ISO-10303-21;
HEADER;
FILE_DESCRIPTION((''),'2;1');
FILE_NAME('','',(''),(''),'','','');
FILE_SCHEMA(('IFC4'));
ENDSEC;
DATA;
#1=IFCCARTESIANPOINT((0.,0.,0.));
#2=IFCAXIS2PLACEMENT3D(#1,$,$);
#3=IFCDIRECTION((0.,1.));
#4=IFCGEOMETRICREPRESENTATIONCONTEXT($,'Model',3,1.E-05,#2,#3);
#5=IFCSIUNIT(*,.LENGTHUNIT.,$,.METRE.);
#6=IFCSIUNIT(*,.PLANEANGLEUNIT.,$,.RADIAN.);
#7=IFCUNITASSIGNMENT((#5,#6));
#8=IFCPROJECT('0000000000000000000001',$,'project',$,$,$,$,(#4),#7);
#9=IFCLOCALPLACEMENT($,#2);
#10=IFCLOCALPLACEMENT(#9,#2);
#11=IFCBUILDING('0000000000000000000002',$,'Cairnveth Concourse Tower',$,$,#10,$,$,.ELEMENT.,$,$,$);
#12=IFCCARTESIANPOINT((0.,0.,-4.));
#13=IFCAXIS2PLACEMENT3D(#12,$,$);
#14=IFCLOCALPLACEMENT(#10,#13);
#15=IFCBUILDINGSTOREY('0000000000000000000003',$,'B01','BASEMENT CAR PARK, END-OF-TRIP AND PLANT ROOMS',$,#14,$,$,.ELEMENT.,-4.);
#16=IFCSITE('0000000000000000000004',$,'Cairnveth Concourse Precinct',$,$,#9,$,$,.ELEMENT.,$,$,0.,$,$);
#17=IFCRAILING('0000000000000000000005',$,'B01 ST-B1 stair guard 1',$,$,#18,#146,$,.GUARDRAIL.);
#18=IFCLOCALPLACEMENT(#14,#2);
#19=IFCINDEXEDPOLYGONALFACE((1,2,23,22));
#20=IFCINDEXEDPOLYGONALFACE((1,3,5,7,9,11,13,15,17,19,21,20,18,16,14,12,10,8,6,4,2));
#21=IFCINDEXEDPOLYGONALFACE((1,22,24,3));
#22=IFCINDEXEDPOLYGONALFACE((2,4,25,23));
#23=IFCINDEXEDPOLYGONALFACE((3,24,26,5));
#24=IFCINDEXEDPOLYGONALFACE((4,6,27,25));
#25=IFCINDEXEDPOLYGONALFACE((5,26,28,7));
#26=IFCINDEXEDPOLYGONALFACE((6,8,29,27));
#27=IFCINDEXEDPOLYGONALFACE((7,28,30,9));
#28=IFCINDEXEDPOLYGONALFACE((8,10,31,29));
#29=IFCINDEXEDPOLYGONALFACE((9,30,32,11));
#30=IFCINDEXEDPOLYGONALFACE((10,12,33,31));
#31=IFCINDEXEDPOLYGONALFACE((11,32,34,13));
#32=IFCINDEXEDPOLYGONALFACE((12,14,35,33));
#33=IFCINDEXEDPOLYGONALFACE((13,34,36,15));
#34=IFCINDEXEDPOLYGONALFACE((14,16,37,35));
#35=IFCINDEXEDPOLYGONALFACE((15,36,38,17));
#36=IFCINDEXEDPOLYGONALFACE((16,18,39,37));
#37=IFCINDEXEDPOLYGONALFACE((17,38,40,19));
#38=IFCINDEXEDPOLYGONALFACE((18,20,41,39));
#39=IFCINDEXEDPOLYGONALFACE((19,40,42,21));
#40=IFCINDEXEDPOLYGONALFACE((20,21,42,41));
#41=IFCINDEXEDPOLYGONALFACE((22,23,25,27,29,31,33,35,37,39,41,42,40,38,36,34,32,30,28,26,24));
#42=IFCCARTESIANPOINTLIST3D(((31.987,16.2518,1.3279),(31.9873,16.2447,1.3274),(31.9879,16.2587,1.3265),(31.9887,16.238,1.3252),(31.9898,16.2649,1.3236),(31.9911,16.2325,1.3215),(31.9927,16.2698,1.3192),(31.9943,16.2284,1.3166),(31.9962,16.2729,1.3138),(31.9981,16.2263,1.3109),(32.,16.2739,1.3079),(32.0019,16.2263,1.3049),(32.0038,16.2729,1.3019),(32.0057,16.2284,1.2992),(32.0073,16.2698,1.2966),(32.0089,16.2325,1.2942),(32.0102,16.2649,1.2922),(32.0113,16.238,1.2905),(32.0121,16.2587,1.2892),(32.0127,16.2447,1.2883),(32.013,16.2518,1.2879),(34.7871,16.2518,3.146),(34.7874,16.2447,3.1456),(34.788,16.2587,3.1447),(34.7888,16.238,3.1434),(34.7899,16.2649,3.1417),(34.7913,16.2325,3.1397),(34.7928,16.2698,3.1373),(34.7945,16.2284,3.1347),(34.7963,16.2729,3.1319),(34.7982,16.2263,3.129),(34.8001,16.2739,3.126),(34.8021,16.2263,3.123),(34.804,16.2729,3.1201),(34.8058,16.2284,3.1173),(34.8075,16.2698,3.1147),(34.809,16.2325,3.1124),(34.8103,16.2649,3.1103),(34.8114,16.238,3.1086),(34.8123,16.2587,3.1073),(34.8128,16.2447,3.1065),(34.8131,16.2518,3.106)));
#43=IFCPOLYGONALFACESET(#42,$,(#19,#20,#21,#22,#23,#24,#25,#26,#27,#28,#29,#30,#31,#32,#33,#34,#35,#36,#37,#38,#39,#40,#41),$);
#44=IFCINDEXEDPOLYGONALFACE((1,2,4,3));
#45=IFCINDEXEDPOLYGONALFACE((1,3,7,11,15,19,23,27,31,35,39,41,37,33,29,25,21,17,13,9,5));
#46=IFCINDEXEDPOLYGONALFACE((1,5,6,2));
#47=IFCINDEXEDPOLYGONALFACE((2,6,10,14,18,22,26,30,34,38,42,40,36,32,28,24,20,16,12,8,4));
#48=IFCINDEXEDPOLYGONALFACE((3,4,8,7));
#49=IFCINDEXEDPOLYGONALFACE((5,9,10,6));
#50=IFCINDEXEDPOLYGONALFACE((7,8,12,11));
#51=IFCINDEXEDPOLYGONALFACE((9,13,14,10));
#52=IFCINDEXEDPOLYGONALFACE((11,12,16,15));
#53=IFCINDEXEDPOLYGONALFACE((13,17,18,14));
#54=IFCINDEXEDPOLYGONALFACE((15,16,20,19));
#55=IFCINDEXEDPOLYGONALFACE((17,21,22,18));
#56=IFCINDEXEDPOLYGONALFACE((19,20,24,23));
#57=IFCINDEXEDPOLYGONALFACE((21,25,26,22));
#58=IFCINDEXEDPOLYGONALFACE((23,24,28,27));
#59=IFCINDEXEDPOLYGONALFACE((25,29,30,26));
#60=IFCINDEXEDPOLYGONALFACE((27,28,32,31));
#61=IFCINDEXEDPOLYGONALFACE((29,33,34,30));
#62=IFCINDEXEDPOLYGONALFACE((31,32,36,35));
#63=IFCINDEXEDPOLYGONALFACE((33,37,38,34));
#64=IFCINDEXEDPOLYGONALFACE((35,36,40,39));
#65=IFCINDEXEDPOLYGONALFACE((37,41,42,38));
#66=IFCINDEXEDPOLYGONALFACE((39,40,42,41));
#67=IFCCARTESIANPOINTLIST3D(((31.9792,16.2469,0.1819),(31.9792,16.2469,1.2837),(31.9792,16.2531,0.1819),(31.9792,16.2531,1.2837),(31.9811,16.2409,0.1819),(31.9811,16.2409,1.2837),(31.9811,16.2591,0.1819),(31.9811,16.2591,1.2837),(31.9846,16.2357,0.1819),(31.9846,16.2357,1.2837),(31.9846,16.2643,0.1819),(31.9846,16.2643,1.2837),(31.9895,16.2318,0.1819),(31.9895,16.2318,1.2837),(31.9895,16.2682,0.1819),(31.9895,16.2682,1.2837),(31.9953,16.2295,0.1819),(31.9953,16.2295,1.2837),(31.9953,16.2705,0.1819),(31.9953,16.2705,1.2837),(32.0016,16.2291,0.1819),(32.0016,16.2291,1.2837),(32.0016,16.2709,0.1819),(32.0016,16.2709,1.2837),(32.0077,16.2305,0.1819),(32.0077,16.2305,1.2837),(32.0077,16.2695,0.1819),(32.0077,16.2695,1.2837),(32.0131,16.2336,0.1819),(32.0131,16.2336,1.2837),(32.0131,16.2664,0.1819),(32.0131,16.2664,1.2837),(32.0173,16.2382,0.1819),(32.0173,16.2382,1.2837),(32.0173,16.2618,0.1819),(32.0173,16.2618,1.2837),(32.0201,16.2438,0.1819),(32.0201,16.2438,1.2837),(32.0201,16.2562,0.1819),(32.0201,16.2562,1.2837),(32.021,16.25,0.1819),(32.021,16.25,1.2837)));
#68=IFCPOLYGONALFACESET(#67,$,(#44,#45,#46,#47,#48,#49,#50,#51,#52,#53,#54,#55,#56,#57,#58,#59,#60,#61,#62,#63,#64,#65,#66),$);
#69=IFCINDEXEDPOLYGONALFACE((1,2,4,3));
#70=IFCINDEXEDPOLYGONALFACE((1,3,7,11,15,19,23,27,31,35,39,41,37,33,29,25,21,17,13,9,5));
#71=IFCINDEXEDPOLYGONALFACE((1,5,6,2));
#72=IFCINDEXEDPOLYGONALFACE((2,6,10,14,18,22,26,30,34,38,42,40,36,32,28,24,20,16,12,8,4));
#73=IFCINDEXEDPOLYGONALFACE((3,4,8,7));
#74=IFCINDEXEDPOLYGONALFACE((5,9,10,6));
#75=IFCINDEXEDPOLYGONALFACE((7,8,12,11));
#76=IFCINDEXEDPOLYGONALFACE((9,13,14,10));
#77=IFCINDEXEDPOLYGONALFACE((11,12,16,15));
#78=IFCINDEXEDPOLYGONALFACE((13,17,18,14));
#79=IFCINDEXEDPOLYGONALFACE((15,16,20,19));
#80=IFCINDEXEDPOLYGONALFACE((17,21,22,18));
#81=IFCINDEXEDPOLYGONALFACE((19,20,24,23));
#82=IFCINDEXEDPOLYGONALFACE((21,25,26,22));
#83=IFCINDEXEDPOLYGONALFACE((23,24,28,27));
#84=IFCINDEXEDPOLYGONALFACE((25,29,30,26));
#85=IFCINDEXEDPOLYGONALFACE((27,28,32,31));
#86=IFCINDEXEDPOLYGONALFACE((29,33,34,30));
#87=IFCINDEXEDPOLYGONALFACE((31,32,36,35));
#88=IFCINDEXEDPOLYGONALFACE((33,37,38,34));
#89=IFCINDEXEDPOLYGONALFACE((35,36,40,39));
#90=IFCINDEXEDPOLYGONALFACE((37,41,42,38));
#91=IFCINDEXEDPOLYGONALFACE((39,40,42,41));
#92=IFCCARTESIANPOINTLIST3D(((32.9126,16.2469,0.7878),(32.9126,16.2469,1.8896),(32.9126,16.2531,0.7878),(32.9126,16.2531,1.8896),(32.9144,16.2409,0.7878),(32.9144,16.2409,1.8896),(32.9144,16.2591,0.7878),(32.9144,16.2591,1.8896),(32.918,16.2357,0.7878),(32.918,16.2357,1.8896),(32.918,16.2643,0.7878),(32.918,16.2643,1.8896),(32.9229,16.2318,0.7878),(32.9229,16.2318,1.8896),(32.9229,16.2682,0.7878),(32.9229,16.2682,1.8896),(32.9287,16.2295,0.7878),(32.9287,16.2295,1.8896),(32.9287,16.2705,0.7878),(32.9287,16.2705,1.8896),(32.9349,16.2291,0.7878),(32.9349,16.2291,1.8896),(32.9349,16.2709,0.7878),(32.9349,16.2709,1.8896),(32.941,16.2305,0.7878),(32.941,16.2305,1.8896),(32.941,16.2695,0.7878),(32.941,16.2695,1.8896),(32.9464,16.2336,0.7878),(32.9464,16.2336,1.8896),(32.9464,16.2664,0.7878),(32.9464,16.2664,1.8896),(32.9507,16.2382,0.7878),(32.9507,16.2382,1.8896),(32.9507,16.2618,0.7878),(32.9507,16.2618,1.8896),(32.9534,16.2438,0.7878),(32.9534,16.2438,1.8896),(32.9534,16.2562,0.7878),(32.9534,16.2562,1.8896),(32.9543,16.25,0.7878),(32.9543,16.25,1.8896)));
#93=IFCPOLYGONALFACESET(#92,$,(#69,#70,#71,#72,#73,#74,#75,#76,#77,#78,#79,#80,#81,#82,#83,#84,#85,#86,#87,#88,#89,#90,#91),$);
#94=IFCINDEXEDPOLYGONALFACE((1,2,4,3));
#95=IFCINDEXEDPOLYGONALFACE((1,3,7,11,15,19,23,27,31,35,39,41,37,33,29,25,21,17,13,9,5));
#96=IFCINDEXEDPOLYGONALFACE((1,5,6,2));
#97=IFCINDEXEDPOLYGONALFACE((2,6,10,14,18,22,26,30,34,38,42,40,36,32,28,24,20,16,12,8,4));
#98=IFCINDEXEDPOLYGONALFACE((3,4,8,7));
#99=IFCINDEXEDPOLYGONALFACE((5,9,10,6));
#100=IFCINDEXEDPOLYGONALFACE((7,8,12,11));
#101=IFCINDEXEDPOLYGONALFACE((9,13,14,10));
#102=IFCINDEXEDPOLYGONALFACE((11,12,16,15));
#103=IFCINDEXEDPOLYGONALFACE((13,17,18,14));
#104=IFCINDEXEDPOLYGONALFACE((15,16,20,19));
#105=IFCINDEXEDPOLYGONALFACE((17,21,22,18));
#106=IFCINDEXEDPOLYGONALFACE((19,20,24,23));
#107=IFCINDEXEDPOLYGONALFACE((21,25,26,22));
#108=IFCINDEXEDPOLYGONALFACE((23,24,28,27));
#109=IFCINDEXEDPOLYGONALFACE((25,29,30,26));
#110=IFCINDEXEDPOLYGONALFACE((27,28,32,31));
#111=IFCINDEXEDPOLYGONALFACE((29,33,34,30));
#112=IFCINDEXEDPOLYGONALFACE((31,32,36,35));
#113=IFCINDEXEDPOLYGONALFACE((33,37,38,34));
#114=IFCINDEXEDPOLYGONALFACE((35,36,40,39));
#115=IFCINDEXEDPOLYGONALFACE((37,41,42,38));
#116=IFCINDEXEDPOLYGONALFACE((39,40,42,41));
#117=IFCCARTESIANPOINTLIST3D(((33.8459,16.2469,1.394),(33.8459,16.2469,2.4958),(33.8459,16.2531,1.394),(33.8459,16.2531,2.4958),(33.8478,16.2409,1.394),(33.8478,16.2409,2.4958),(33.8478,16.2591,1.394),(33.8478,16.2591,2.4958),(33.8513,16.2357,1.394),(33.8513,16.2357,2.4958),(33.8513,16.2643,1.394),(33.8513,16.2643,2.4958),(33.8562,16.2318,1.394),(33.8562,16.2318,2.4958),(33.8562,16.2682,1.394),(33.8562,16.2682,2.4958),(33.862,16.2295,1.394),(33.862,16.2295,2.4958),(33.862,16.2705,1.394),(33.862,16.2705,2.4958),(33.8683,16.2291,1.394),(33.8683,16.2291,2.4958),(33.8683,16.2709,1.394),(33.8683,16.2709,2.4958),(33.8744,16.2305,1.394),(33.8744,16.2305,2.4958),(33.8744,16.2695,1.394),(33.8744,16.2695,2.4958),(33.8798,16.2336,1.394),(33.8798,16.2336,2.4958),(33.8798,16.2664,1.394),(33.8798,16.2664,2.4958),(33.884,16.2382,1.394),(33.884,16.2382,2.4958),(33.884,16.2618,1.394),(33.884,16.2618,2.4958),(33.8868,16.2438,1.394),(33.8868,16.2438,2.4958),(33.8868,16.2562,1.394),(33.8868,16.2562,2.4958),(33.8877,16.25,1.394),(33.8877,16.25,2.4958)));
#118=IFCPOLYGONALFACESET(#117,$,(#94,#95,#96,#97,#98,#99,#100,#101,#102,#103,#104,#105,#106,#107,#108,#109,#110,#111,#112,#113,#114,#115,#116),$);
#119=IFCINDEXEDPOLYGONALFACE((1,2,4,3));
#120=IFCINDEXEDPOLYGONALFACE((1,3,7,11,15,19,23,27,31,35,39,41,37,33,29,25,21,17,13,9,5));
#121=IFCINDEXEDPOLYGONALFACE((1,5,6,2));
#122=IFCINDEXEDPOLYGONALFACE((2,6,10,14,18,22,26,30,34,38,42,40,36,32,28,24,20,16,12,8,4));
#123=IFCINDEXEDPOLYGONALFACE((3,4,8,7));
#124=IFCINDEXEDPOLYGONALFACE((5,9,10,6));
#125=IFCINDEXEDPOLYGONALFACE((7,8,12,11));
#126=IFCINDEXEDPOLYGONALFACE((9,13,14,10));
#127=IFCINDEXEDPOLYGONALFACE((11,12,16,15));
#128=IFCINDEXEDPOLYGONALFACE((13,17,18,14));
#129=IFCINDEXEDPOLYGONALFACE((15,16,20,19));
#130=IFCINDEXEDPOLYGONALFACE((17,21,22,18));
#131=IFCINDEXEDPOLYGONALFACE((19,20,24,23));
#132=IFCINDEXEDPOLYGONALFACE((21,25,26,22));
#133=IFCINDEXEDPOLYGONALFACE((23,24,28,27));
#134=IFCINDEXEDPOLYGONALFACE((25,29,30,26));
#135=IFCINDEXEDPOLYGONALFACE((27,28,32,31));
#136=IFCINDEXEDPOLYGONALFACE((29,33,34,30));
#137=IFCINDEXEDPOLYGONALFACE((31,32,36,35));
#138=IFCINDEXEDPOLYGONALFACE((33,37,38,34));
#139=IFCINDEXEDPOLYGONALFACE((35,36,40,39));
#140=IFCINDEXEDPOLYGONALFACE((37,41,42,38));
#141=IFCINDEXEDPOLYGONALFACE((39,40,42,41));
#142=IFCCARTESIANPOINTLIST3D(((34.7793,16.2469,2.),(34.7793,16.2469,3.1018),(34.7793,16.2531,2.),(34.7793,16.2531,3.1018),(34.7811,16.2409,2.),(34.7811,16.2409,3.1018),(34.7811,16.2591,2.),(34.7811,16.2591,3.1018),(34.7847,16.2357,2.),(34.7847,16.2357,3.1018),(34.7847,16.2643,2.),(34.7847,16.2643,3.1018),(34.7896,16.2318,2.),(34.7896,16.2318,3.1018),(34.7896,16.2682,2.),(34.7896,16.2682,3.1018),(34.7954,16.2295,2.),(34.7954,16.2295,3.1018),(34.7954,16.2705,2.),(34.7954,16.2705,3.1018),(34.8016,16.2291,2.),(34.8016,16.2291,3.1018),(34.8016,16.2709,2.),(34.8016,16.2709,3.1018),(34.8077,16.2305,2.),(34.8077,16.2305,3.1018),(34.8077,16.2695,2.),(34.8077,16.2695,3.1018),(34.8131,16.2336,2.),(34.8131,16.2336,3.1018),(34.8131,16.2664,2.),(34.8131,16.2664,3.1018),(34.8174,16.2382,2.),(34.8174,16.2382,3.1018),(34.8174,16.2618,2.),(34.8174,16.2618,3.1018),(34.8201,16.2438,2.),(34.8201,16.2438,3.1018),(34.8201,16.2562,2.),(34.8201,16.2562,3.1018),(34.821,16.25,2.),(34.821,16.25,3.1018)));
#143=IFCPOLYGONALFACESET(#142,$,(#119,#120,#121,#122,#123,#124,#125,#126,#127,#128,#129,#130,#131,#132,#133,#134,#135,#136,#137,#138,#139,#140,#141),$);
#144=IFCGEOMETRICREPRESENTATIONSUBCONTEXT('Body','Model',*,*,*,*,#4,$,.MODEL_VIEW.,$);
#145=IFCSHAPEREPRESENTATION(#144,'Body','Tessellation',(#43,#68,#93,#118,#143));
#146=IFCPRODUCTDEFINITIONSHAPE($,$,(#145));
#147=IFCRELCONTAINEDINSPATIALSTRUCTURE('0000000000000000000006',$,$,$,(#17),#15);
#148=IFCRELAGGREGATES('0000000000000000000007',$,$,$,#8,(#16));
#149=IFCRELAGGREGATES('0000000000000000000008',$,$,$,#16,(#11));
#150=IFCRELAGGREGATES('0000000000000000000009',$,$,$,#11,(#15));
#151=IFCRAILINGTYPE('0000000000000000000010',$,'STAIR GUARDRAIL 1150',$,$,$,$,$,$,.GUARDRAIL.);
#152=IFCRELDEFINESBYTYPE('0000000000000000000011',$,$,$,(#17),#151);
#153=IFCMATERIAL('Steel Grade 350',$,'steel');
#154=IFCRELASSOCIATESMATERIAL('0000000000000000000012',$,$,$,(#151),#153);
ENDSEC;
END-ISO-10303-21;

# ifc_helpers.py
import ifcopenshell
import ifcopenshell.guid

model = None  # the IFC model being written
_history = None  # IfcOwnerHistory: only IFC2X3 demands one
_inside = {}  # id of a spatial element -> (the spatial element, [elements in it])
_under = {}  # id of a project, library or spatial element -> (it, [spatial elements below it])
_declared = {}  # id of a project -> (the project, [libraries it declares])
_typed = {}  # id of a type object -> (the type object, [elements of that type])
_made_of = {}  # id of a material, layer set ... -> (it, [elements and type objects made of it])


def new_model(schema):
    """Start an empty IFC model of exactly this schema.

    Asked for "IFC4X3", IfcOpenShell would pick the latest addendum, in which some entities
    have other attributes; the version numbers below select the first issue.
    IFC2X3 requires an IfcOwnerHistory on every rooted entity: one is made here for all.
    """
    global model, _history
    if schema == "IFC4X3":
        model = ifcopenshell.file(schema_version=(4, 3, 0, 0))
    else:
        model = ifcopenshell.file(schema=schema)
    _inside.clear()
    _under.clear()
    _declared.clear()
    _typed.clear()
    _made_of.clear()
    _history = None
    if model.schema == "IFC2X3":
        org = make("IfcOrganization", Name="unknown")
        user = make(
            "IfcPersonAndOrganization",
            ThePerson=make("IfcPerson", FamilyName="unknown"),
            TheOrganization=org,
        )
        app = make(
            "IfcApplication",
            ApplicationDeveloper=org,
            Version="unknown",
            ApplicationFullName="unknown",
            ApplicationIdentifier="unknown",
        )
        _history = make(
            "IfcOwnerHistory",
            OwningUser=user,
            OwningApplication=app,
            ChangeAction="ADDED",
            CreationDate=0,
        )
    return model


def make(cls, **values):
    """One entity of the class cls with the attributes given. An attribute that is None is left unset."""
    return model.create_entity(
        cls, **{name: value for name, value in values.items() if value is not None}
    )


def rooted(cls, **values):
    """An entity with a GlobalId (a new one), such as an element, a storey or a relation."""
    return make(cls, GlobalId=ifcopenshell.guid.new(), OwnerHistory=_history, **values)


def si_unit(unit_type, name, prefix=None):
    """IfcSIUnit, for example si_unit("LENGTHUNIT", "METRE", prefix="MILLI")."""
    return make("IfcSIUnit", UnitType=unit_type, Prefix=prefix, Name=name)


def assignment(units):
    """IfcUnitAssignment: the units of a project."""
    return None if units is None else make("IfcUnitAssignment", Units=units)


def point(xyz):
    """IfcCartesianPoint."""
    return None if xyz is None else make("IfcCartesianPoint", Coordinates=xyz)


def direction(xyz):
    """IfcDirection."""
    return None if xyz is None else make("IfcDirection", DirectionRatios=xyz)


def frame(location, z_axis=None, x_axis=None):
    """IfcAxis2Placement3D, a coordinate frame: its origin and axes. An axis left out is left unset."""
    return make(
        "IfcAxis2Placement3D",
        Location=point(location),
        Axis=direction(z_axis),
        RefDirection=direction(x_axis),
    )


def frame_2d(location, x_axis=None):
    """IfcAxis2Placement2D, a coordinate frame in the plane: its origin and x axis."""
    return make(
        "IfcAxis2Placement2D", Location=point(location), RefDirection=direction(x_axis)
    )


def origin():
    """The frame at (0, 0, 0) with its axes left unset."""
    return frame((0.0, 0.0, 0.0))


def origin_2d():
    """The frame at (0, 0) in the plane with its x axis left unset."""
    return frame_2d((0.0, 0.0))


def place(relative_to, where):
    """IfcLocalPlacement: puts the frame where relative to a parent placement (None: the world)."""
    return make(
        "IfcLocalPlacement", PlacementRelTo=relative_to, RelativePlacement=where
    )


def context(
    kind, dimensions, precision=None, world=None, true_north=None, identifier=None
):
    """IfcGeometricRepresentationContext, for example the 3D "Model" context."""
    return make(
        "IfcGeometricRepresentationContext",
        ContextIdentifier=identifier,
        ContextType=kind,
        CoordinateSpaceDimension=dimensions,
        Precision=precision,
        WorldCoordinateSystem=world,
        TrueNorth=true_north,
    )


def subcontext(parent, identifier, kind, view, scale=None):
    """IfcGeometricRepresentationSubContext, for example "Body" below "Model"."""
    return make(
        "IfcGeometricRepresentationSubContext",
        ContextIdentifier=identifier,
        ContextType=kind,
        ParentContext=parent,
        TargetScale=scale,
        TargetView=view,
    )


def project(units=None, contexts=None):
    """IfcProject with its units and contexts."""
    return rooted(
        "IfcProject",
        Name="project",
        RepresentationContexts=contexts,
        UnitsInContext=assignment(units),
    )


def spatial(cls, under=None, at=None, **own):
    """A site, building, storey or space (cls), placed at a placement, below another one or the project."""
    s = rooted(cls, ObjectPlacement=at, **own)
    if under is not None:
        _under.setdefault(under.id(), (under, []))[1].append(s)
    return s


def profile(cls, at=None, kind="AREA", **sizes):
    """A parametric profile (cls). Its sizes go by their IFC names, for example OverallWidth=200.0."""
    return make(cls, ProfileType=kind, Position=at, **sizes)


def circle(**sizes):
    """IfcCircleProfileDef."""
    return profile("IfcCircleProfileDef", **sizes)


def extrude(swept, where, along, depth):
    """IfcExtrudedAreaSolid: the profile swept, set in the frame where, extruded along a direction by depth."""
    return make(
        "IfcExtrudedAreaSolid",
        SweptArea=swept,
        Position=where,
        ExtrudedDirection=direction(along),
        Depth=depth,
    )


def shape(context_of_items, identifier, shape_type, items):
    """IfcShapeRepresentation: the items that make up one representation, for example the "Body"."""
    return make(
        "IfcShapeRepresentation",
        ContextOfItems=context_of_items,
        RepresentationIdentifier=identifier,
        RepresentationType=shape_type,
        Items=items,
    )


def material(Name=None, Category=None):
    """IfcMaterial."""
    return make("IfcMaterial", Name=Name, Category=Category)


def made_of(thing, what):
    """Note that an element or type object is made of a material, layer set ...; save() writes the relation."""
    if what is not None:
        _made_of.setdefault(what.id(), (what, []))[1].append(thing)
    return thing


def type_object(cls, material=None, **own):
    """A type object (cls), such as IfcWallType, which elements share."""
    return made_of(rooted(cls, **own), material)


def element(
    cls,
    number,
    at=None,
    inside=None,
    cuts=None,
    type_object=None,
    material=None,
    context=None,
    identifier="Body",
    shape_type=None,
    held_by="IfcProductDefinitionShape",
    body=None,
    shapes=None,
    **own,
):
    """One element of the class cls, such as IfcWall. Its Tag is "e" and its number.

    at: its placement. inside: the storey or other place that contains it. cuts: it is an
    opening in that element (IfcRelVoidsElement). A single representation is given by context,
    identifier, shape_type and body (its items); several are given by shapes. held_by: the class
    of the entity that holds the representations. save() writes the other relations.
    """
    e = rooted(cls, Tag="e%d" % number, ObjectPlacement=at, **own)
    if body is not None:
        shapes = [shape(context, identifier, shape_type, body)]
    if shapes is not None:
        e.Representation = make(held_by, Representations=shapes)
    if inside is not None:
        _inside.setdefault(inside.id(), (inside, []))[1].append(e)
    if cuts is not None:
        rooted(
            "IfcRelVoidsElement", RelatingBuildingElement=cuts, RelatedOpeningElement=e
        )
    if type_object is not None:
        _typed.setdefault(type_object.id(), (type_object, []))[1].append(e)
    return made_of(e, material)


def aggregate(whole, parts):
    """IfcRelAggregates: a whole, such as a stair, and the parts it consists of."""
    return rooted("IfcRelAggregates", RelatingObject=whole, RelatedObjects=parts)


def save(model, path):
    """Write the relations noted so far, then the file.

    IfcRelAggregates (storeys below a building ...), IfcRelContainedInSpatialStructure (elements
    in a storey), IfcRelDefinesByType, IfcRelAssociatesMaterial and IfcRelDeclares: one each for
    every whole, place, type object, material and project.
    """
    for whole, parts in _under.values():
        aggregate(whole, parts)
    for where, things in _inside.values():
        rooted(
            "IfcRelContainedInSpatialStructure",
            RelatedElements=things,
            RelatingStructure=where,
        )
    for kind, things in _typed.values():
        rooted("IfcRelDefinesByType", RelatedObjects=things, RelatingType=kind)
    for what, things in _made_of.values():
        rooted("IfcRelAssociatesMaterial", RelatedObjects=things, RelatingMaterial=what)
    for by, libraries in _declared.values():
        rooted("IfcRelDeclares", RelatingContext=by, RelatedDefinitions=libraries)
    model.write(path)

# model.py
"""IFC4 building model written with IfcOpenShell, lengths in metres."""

from ifc_helpers import new_model, si_unit, direction, frame, origin, origin_2d, place, context, subcontext, project, spatial, circle, extrude, material, type_object, element, save


model = new_model("IFC4")

# Units and contexts
model_context = context("Model", 3, precision=1e-05, world=origin(), true_north=direction((0.0, 1.0)))
body_context = subcontext(model_context, "Body", "Model", "MODEL_VIEW")
ifc_project = project(units=[si_unit("LENGTHUNIT", "METRE"), si_unit("PLANEANGLEUNIT", "RADIAN")], contexts=[model_context])

# Site, building, storey
site_placement = place(None, origin())
site = spatial("IfcSite", under=ifc_project, at=site_placement, Name="Cairnveth Concourse Precinct", CompositionType="ELEMENT", RefElevation=0.0)
building_placement = place(site_placement, origin())
building = spatial("IfcBuilding", under=site, at=building_placement, Name="Cairnveth Concourse Tower", CompositionType="ELEMENT")
storey_placement = place(building_placement, frame((0.0, 0.0, -4.0)))
storey = spatial("IfcBuildingStorey", under=building, at=storey_placement, Name="B01", Description="BASEMENT CAR PARK, END-OF-TRIP AND PLANT ROOMS", CompositionType="ELEMENT", Elevation=-4.0)

# Shared definitions
ifc_material_1 = material(Name="Steel Grade 350", Category="steel")

# Railing
railing_type_1 = type_object("IfcRailingType", Name="STAIR GUARDRAIL 1150", PredefinedType="GUARDRAIL", material=ifc_material_1)
railing_1_placement = place(storey_placement, frame((32.0, 16.25, 0.1819)))
element("IfcRailing", 1, at=railing_1_placement, inside=storey, type_object=railing_type_1, Name="B01 ST-B1 stair guard 1", PredefinedType="GUARDRAIL", context=body_context, shape_type="SweptSolid", body=[
    extrude(circle(Radius=0.0239, at=origin_2d()), frame((0.0, 0.0, 1.126), z_axis=(0.838706, 0.0, 0.544585), x_axis=(0.0, 1.0, 0.0)), (0.0, 0.0, 1.0), 3.3386),
    extrude(circle(Radius=0.021, at=origin_2d()), origin(), (0.0, 0.0, 1.0), 1.1018),
    extrude(circle(Radius=0.021, at=origin_2d()), frame((0.9333, 0.0, 0.606)), (0.0, 0.0, 1.0), 1.1018),
    extrude(circle(Radius=0.021, at=origin_2d()), frame((1.8667, 0.0, 1.2122)), (0.0, 0.0, 1.0), 1.1018),
    extrude(circle(Radius=0.021, at=origin_2d()), frame((2.8, 0.0, 1.8181)), (0.0, 0.0, 1.0), 1.1018),
])

save(model, "model.ifc")
